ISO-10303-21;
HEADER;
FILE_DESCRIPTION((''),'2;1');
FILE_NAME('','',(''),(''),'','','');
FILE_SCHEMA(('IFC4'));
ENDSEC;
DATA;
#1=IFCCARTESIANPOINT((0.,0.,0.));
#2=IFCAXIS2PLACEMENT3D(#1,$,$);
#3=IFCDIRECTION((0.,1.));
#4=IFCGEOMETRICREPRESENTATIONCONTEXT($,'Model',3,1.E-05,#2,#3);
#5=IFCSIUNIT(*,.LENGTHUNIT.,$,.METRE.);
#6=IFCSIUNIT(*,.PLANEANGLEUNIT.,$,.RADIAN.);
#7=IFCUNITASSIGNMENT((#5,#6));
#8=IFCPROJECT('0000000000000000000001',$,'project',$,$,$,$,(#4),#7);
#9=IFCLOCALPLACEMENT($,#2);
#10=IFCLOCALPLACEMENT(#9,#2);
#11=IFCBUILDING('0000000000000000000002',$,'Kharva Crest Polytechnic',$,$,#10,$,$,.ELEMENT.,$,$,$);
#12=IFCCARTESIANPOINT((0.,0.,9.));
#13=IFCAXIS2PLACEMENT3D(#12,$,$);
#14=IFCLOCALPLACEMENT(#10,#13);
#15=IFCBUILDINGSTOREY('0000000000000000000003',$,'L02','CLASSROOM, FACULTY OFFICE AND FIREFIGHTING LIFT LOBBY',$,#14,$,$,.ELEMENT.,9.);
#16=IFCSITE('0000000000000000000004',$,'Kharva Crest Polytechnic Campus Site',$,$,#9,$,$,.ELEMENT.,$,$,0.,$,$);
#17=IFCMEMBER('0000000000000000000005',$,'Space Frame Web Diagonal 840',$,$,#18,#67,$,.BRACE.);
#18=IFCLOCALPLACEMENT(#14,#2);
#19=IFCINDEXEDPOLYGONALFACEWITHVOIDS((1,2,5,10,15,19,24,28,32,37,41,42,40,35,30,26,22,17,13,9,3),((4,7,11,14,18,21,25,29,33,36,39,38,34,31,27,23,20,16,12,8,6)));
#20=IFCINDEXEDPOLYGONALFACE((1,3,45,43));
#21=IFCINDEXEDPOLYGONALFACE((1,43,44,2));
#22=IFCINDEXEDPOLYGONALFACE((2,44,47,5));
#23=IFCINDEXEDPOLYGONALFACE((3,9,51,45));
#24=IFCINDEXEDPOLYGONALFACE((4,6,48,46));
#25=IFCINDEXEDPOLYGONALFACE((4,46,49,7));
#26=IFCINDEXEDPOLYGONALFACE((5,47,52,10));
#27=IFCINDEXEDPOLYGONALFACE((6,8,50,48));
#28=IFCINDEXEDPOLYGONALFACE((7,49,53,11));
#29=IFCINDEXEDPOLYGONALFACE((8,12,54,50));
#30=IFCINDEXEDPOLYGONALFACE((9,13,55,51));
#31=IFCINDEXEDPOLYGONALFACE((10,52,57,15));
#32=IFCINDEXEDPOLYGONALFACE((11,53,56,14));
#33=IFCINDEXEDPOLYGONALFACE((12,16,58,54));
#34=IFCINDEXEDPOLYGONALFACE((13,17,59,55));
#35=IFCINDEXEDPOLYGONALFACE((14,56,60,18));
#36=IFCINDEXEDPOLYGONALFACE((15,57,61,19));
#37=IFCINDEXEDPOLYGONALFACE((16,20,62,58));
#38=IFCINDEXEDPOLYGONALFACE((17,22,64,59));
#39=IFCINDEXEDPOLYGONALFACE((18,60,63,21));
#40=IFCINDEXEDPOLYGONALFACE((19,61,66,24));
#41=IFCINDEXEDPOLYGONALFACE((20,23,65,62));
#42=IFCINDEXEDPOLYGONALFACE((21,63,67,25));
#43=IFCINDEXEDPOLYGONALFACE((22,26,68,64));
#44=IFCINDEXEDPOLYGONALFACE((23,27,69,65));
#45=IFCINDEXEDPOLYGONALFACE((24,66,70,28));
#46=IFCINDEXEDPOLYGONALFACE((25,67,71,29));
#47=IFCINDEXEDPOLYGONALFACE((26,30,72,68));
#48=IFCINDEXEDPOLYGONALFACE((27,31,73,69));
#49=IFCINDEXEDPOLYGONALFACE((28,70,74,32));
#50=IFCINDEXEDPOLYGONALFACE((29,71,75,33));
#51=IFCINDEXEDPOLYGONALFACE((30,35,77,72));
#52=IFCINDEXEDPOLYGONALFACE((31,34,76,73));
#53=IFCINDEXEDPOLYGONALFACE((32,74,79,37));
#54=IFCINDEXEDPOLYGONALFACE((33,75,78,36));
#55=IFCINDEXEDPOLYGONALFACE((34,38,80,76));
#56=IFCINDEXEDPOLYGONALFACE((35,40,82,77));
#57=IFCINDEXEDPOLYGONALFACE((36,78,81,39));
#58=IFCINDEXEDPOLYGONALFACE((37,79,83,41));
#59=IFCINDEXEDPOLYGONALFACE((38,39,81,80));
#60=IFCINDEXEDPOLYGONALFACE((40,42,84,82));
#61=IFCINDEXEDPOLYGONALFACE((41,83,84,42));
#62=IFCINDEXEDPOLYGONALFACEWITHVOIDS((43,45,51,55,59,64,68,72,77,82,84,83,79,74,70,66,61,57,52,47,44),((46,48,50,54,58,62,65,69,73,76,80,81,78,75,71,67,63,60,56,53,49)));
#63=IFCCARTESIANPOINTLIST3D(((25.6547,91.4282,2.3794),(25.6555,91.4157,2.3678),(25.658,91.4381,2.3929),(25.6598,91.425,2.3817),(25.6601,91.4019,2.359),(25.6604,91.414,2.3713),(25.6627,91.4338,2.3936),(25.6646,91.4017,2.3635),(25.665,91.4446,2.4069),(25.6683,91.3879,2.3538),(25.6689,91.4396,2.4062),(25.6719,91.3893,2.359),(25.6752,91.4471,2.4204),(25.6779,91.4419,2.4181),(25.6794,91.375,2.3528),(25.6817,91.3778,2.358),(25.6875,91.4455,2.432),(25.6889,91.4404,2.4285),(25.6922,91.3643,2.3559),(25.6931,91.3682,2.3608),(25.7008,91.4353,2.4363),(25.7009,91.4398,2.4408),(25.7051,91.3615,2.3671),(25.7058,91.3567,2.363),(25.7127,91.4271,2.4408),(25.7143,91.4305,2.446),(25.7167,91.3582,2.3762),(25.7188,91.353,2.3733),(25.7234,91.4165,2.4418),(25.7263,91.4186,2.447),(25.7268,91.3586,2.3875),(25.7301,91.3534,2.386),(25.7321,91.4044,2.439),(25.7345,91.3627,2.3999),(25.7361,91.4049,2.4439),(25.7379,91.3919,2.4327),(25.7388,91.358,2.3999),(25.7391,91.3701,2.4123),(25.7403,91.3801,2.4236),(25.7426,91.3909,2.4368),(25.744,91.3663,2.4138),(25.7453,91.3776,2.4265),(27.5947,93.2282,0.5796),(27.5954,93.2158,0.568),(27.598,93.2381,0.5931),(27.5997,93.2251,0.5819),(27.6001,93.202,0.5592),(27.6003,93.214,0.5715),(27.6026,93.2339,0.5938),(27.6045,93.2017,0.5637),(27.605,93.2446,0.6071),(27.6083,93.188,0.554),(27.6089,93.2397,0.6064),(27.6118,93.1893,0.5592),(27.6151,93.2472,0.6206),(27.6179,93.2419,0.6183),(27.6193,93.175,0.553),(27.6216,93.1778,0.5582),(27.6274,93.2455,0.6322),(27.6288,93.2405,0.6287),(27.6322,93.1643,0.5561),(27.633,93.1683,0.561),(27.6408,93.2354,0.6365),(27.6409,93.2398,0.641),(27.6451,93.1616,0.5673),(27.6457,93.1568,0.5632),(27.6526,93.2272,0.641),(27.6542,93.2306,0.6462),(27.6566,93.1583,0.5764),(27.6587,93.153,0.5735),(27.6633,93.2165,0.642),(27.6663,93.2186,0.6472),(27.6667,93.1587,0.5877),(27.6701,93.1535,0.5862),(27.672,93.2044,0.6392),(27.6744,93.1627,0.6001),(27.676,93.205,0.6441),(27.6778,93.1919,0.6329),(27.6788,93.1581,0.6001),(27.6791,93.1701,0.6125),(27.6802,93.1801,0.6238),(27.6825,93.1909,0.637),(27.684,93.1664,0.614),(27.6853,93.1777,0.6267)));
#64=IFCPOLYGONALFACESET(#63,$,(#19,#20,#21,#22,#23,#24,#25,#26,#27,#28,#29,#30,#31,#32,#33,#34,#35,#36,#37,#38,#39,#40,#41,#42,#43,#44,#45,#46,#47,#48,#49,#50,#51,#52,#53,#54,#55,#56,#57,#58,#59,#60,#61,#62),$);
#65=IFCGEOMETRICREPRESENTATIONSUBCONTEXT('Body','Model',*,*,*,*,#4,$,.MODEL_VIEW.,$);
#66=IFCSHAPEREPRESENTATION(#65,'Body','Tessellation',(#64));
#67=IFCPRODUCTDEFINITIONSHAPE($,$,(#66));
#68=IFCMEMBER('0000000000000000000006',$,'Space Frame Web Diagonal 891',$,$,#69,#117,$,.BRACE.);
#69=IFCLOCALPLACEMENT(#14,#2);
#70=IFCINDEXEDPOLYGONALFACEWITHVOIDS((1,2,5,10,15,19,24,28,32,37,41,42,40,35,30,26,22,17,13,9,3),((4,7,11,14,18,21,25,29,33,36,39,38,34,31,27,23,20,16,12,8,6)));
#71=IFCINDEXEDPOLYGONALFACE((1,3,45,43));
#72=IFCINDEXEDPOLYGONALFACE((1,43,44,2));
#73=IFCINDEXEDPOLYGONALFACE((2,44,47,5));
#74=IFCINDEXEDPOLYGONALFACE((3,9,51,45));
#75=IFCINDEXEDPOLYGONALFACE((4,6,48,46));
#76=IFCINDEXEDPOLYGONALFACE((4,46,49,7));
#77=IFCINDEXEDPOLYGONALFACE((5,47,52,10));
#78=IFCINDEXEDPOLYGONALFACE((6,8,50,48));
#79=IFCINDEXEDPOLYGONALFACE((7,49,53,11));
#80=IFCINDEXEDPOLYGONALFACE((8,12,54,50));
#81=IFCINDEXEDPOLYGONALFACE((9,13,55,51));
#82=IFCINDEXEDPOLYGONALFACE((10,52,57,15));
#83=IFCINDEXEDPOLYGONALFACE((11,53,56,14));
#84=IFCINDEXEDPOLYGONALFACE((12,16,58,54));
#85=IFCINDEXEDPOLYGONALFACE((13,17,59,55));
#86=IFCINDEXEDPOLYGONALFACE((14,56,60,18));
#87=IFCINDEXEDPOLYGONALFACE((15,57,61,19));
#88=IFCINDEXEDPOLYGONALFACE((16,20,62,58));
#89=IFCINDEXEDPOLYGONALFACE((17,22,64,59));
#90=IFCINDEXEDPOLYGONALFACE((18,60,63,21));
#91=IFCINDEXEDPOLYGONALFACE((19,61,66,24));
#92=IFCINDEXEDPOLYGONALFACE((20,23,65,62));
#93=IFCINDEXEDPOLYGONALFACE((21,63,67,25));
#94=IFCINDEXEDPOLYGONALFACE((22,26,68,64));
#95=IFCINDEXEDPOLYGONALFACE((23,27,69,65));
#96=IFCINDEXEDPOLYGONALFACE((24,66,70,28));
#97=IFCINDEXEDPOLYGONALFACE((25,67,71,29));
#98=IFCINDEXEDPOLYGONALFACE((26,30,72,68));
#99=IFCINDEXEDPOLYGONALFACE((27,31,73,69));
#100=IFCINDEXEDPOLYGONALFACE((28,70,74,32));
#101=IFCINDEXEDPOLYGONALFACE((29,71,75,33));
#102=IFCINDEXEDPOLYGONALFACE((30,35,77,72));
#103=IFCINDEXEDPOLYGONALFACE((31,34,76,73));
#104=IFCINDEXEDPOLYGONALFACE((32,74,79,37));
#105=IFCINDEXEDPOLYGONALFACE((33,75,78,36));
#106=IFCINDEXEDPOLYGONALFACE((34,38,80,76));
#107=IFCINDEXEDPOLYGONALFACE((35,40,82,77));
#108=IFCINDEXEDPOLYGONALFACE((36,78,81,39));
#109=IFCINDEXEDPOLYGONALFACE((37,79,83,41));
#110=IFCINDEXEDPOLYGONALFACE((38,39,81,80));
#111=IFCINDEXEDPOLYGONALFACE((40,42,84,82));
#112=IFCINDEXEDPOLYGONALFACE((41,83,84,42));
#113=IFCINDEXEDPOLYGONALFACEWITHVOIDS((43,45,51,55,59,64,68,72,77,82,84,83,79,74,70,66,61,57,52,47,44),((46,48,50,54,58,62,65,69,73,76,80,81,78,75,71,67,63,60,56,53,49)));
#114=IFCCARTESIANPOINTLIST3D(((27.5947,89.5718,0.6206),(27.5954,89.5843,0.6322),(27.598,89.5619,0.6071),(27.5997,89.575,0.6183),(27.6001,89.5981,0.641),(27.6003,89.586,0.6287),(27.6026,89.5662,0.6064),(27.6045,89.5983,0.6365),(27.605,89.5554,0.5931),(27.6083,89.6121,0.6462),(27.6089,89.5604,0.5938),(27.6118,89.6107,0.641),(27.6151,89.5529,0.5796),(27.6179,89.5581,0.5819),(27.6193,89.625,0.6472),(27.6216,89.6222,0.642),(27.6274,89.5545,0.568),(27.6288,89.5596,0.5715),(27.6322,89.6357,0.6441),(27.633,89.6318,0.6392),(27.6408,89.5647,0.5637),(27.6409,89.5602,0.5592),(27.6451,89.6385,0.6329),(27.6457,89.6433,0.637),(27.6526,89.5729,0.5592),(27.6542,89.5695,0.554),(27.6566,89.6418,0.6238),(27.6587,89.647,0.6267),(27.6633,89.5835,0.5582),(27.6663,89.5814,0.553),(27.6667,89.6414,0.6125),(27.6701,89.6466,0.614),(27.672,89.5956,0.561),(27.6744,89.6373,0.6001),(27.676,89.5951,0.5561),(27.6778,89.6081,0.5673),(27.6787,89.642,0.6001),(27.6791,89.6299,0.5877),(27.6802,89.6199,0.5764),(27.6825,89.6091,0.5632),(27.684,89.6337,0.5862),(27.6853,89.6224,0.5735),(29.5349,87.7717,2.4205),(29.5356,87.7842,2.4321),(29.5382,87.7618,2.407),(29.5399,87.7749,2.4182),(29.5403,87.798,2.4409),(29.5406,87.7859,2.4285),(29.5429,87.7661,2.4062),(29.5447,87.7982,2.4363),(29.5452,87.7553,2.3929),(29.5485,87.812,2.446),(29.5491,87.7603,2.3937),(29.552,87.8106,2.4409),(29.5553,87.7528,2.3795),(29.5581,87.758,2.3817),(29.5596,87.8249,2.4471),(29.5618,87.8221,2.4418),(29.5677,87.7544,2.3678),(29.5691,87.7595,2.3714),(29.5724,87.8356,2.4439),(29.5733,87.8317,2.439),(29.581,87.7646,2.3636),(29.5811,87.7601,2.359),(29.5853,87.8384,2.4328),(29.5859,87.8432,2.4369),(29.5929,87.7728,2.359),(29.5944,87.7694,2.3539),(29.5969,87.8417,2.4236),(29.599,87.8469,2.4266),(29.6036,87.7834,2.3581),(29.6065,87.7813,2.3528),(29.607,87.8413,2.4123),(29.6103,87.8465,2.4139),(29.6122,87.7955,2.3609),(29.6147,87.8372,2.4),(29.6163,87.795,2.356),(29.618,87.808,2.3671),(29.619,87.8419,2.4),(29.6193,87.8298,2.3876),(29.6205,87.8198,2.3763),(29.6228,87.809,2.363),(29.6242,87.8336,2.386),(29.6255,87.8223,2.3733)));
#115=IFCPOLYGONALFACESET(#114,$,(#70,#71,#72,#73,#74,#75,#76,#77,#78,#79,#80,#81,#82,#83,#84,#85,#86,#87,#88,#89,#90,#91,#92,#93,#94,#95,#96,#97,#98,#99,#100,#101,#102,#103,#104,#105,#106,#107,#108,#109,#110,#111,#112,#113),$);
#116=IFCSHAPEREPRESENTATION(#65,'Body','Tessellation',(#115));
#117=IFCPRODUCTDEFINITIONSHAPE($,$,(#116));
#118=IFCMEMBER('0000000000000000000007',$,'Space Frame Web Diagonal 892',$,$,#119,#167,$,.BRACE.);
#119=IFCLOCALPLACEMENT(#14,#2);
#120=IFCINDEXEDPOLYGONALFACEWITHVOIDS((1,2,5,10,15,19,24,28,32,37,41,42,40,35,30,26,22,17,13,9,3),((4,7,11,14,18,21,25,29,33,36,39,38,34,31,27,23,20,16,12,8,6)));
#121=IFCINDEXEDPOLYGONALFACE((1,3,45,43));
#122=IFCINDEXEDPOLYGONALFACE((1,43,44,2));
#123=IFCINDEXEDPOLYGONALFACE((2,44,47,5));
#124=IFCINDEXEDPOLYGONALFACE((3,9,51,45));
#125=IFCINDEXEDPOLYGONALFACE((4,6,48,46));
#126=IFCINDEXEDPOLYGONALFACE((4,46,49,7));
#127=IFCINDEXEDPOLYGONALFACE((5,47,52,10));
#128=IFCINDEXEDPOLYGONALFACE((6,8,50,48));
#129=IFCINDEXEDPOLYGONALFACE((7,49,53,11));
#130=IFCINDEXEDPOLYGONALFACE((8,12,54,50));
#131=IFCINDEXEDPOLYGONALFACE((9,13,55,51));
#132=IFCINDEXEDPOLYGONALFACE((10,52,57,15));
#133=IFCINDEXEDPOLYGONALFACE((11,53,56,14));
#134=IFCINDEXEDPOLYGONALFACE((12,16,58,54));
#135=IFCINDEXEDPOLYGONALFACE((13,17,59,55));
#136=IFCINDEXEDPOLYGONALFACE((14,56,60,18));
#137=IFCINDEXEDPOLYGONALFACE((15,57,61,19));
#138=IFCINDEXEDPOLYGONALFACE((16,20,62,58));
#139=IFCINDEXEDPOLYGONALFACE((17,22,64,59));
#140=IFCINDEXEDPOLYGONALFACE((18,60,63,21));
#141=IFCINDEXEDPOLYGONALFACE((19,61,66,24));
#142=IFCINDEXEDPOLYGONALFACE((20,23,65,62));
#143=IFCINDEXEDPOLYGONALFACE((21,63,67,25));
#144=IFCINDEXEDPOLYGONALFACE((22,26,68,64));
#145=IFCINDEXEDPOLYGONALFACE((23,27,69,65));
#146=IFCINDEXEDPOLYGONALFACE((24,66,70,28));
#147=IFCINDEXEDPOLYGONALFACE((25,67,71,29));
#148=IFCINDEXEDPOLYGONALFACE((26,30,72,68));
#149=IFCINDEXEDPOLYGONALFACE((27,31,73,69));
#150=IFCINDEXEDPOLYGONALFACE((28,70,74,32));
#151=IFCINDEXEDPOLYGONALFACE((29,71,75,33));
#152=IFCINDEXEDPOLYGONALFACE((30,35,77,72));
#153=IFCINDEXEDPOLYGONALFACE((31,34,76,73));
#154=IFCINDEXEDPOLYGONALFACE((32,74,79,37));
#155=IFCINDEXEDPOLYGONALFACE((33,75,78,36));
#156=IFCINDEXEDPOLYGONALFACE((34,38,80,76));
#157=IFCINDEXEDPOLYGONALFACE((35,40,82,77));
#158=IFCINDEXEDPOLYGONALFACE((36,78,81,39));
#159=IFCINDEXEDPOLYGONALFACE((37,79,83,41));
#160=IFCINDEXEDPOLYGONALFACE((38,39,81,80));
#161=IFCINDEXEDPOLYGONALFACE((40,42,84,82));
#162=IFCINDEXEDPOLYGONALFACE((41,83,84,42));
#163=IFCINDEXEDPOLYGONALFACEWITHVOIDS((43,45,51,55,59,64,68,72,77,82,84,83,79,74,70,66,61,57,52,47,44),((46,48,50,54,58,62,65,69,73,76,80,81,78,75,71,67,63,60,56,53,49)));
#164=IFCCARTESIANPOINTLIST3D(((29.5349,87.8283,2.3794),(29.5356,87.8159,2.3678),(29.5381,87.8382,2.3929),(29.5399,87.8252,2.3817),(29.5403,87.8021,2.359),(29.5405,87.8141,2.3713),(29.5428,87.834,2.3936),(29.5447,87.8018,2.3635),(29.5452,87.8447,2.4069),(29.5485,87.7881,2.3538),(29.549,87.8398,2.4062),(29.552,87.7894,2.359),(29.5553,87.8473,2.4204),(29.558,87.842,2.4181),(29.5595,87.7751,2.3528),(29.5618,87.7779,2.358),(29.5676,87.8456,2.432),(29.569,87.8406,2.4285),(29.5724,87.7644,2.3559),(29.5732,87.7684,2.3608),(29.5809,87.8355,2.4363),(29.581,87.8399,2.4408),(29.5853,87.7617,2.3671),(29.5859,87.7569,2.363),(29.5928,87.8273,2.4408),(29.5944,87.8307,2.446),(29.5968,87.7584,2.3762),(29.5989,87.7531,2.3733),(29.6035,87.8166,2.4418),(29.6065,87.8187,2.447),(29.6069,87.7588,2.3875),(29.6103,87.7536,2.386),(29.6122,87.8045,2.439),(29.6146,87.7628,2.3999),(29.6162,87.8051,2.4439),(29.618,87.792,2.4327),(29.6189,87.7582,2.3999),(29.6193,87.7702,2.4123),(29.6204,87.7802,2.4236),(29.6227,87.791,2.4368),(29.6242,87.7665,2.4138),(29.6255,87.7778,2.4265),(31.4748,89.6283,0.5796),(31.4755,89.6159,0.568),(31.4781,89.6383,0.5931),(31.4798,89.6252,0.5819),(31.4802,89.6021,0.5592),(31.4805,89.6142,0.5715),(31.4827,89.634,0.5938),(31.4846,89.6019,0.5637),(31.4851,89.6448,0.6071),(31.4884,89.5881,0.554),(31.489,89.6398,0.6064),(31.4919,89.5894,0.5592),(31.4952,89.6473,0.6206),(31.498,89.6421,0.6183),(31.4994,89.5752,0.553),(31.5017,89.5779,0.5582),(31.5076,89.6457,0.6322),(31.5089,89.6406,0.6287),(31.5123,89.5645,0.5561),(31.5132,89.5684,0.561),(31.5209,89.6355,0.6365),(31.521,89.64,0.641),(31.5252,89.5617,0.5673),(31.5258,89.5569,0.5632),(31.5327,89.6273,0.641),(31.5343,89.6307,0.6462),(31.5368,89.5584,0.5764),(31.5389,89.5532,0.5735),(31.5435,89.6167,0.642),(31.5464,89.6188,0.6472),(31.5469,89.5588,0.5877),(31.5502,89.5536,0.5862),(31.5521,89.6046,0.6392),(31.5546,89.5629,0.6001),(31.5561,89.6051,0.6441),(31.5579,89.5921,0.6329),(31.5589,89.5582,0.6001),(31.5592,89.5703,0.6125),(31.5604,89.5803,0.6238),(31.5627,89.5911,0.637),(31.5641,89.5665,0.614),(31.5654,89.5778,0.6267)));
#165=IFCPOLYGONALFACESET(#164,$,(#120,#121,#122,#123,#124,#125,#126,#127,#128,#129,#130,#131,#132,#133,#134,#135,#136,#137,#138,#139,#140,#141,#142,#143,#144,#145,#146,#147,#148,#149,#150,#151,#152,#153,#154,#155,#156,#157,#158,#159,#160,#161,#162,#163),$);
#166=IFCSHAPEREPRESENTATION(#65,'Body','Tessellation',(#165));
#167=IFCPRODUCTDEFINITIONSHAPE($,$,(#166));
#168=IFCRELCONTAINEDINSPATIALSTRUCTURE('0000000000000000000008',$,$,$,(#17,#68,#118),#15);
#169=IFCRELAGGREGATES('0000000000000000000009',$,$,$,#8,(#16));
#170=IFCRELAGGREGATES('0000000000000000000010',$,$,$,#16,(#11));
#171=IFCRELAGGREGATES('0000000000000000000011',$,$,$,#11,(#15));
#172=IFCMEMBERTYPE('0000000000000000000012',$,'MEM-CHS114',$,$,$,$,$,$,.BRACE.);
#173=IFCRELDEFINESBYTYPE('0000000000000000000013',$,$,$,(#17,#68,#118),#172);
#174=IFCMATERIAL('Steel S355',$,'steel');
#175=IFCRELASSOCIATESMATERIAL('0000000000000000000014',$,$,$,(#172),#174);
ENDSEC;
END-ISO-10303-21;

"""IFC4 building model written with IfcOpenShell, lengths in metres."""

from ifc_helpers import new_model, si_unit, direction, frame, origin, origin_2d, place, context, subcontext, project, spatial, hollow_circle, extrude, material, material_profile, profile_set, type_object, element, save


model = new_model("IFC4")

# Units and contexts
model_context = context("Model", 3, precision=1e-05, world=origin(), true_north=direction((0.0, 1.0)))
body_context = subcontext(model_context, "Body", "Model", "MODEL_VIEW")
ifc_project = project(units=[si_unit("LENGTHUNIT", "METRE"), si_unit("PLANEANGLEUNIT", "RADIAN")], contexts=[model_context])

# Site, building, storey
site_placement = place(None, origin())
site = spatial("IfcSite", under=ifc_project, at=site_placement, Name="Kharva Crest Polytechnic Campus Site", CompositionType="ELEMENT", RefElevation=0.0)
building_placement = place(site_placement, origin())
building = spatial("IfcBuilding", under=site, at=building_placement, Name="Kharva Crest Polytechnic", CompositionType="ELEMENT")
storey_placement = place(building_placement, frame((0.0, 0.0, 9.0)))
storey = spatial("IfcBuildingStorey", under=building, at=storey_placement, Name="L02", Description="CLASSROOM, FACULTY OFFICE AND FIREFIGHTING LIFT LOBBY", CompositionType="ELEMENT", Elevation=9.0)

# Shared definitions
ifc_material_1 = material(Name="Steel S355", Category="steel")

# Members
ifc_material_profile_1 = material_profile(ifc_material_1, hollow_circle(Radius=0.0571, WallThickness=0.0063, at=origin_2d()), Name="CHS 114.3X6.3")
ifc_profile_set_1 = profile_set([ifc_material_profile_1], Name="Steel S355")
member_type_1 = type_object("IfcMemberType", Name="MEM-CHS114", PredefinedType="BRACE", material=ifc_profile_set_1)
for number, where, z_axis, x_axis, name in (
    (1, (27.6399, 93.2, 0.6001), (-0.606147, -0.562437, 0.562361), (0.680182, -0.733043, 0.0), "Space Frame Web Diagonal 840"),
):
    element("IfcMember", number, at=place(storey_placement, frame(where, z_axis=z_axis, x_axis=x_axis)), inside=storey, type_object=member_type_1, Name=name, PredefinedType="BRACE", context=body_context, shape_type="SweptSolid", body=[
        extrude(hollow_circle(Radius=0.0571, WallThickness=0.0063, at=origin_2d()), origin(), (0.0, 0.0, 1.0), 3.2004),
    ])
member_1_placement = place(storey_placement, frame((27.6399, 89.6001, 0.6001), z_axis=(0.606196, -0.562411, 0.562335), x_axis=(0.680136, 0.733086, 0.0)))
element("IfcMember", 2, at=member_1_placement, inside=storey, type_object=member_type_1, Name="Space Frame Web Diagonal 891", PredefinedType="BRACE", context=body_context, shape_type="SweptSolid", body=[
    extrude(hollow_circle(Radius=0.0571, WallThickness=0.0063, at=origin_2d()), origin(), (0.0, 0.0, 1.0), 3.2007),
])
for number, where, z_axis, x_axis, name in (
    (3, (31.52, 89.6001, 0.6001), (-0.606147, -0.562437, 0.562361), (0.680182, -0.733043, 0.0), "Space Frame Web Diagonal 892"),
):
    element("IfcMember", number, at=place(storey_placement, frame(where, z_axis=z_axis, x_axis=x_axis)), inside=storey, type_object=member_type_1, Name=name, PredefinedType="BRACE", context=body_context, shape_type="SweptSolid", body=[
        extrude(hollow_circle(Radius=0.0571, WallThickness=0.0063, at=origin_2d()), origin(), (0.0, 0.0, 1.0), 3.2004),
    ])

save(model, "model.ifc")
